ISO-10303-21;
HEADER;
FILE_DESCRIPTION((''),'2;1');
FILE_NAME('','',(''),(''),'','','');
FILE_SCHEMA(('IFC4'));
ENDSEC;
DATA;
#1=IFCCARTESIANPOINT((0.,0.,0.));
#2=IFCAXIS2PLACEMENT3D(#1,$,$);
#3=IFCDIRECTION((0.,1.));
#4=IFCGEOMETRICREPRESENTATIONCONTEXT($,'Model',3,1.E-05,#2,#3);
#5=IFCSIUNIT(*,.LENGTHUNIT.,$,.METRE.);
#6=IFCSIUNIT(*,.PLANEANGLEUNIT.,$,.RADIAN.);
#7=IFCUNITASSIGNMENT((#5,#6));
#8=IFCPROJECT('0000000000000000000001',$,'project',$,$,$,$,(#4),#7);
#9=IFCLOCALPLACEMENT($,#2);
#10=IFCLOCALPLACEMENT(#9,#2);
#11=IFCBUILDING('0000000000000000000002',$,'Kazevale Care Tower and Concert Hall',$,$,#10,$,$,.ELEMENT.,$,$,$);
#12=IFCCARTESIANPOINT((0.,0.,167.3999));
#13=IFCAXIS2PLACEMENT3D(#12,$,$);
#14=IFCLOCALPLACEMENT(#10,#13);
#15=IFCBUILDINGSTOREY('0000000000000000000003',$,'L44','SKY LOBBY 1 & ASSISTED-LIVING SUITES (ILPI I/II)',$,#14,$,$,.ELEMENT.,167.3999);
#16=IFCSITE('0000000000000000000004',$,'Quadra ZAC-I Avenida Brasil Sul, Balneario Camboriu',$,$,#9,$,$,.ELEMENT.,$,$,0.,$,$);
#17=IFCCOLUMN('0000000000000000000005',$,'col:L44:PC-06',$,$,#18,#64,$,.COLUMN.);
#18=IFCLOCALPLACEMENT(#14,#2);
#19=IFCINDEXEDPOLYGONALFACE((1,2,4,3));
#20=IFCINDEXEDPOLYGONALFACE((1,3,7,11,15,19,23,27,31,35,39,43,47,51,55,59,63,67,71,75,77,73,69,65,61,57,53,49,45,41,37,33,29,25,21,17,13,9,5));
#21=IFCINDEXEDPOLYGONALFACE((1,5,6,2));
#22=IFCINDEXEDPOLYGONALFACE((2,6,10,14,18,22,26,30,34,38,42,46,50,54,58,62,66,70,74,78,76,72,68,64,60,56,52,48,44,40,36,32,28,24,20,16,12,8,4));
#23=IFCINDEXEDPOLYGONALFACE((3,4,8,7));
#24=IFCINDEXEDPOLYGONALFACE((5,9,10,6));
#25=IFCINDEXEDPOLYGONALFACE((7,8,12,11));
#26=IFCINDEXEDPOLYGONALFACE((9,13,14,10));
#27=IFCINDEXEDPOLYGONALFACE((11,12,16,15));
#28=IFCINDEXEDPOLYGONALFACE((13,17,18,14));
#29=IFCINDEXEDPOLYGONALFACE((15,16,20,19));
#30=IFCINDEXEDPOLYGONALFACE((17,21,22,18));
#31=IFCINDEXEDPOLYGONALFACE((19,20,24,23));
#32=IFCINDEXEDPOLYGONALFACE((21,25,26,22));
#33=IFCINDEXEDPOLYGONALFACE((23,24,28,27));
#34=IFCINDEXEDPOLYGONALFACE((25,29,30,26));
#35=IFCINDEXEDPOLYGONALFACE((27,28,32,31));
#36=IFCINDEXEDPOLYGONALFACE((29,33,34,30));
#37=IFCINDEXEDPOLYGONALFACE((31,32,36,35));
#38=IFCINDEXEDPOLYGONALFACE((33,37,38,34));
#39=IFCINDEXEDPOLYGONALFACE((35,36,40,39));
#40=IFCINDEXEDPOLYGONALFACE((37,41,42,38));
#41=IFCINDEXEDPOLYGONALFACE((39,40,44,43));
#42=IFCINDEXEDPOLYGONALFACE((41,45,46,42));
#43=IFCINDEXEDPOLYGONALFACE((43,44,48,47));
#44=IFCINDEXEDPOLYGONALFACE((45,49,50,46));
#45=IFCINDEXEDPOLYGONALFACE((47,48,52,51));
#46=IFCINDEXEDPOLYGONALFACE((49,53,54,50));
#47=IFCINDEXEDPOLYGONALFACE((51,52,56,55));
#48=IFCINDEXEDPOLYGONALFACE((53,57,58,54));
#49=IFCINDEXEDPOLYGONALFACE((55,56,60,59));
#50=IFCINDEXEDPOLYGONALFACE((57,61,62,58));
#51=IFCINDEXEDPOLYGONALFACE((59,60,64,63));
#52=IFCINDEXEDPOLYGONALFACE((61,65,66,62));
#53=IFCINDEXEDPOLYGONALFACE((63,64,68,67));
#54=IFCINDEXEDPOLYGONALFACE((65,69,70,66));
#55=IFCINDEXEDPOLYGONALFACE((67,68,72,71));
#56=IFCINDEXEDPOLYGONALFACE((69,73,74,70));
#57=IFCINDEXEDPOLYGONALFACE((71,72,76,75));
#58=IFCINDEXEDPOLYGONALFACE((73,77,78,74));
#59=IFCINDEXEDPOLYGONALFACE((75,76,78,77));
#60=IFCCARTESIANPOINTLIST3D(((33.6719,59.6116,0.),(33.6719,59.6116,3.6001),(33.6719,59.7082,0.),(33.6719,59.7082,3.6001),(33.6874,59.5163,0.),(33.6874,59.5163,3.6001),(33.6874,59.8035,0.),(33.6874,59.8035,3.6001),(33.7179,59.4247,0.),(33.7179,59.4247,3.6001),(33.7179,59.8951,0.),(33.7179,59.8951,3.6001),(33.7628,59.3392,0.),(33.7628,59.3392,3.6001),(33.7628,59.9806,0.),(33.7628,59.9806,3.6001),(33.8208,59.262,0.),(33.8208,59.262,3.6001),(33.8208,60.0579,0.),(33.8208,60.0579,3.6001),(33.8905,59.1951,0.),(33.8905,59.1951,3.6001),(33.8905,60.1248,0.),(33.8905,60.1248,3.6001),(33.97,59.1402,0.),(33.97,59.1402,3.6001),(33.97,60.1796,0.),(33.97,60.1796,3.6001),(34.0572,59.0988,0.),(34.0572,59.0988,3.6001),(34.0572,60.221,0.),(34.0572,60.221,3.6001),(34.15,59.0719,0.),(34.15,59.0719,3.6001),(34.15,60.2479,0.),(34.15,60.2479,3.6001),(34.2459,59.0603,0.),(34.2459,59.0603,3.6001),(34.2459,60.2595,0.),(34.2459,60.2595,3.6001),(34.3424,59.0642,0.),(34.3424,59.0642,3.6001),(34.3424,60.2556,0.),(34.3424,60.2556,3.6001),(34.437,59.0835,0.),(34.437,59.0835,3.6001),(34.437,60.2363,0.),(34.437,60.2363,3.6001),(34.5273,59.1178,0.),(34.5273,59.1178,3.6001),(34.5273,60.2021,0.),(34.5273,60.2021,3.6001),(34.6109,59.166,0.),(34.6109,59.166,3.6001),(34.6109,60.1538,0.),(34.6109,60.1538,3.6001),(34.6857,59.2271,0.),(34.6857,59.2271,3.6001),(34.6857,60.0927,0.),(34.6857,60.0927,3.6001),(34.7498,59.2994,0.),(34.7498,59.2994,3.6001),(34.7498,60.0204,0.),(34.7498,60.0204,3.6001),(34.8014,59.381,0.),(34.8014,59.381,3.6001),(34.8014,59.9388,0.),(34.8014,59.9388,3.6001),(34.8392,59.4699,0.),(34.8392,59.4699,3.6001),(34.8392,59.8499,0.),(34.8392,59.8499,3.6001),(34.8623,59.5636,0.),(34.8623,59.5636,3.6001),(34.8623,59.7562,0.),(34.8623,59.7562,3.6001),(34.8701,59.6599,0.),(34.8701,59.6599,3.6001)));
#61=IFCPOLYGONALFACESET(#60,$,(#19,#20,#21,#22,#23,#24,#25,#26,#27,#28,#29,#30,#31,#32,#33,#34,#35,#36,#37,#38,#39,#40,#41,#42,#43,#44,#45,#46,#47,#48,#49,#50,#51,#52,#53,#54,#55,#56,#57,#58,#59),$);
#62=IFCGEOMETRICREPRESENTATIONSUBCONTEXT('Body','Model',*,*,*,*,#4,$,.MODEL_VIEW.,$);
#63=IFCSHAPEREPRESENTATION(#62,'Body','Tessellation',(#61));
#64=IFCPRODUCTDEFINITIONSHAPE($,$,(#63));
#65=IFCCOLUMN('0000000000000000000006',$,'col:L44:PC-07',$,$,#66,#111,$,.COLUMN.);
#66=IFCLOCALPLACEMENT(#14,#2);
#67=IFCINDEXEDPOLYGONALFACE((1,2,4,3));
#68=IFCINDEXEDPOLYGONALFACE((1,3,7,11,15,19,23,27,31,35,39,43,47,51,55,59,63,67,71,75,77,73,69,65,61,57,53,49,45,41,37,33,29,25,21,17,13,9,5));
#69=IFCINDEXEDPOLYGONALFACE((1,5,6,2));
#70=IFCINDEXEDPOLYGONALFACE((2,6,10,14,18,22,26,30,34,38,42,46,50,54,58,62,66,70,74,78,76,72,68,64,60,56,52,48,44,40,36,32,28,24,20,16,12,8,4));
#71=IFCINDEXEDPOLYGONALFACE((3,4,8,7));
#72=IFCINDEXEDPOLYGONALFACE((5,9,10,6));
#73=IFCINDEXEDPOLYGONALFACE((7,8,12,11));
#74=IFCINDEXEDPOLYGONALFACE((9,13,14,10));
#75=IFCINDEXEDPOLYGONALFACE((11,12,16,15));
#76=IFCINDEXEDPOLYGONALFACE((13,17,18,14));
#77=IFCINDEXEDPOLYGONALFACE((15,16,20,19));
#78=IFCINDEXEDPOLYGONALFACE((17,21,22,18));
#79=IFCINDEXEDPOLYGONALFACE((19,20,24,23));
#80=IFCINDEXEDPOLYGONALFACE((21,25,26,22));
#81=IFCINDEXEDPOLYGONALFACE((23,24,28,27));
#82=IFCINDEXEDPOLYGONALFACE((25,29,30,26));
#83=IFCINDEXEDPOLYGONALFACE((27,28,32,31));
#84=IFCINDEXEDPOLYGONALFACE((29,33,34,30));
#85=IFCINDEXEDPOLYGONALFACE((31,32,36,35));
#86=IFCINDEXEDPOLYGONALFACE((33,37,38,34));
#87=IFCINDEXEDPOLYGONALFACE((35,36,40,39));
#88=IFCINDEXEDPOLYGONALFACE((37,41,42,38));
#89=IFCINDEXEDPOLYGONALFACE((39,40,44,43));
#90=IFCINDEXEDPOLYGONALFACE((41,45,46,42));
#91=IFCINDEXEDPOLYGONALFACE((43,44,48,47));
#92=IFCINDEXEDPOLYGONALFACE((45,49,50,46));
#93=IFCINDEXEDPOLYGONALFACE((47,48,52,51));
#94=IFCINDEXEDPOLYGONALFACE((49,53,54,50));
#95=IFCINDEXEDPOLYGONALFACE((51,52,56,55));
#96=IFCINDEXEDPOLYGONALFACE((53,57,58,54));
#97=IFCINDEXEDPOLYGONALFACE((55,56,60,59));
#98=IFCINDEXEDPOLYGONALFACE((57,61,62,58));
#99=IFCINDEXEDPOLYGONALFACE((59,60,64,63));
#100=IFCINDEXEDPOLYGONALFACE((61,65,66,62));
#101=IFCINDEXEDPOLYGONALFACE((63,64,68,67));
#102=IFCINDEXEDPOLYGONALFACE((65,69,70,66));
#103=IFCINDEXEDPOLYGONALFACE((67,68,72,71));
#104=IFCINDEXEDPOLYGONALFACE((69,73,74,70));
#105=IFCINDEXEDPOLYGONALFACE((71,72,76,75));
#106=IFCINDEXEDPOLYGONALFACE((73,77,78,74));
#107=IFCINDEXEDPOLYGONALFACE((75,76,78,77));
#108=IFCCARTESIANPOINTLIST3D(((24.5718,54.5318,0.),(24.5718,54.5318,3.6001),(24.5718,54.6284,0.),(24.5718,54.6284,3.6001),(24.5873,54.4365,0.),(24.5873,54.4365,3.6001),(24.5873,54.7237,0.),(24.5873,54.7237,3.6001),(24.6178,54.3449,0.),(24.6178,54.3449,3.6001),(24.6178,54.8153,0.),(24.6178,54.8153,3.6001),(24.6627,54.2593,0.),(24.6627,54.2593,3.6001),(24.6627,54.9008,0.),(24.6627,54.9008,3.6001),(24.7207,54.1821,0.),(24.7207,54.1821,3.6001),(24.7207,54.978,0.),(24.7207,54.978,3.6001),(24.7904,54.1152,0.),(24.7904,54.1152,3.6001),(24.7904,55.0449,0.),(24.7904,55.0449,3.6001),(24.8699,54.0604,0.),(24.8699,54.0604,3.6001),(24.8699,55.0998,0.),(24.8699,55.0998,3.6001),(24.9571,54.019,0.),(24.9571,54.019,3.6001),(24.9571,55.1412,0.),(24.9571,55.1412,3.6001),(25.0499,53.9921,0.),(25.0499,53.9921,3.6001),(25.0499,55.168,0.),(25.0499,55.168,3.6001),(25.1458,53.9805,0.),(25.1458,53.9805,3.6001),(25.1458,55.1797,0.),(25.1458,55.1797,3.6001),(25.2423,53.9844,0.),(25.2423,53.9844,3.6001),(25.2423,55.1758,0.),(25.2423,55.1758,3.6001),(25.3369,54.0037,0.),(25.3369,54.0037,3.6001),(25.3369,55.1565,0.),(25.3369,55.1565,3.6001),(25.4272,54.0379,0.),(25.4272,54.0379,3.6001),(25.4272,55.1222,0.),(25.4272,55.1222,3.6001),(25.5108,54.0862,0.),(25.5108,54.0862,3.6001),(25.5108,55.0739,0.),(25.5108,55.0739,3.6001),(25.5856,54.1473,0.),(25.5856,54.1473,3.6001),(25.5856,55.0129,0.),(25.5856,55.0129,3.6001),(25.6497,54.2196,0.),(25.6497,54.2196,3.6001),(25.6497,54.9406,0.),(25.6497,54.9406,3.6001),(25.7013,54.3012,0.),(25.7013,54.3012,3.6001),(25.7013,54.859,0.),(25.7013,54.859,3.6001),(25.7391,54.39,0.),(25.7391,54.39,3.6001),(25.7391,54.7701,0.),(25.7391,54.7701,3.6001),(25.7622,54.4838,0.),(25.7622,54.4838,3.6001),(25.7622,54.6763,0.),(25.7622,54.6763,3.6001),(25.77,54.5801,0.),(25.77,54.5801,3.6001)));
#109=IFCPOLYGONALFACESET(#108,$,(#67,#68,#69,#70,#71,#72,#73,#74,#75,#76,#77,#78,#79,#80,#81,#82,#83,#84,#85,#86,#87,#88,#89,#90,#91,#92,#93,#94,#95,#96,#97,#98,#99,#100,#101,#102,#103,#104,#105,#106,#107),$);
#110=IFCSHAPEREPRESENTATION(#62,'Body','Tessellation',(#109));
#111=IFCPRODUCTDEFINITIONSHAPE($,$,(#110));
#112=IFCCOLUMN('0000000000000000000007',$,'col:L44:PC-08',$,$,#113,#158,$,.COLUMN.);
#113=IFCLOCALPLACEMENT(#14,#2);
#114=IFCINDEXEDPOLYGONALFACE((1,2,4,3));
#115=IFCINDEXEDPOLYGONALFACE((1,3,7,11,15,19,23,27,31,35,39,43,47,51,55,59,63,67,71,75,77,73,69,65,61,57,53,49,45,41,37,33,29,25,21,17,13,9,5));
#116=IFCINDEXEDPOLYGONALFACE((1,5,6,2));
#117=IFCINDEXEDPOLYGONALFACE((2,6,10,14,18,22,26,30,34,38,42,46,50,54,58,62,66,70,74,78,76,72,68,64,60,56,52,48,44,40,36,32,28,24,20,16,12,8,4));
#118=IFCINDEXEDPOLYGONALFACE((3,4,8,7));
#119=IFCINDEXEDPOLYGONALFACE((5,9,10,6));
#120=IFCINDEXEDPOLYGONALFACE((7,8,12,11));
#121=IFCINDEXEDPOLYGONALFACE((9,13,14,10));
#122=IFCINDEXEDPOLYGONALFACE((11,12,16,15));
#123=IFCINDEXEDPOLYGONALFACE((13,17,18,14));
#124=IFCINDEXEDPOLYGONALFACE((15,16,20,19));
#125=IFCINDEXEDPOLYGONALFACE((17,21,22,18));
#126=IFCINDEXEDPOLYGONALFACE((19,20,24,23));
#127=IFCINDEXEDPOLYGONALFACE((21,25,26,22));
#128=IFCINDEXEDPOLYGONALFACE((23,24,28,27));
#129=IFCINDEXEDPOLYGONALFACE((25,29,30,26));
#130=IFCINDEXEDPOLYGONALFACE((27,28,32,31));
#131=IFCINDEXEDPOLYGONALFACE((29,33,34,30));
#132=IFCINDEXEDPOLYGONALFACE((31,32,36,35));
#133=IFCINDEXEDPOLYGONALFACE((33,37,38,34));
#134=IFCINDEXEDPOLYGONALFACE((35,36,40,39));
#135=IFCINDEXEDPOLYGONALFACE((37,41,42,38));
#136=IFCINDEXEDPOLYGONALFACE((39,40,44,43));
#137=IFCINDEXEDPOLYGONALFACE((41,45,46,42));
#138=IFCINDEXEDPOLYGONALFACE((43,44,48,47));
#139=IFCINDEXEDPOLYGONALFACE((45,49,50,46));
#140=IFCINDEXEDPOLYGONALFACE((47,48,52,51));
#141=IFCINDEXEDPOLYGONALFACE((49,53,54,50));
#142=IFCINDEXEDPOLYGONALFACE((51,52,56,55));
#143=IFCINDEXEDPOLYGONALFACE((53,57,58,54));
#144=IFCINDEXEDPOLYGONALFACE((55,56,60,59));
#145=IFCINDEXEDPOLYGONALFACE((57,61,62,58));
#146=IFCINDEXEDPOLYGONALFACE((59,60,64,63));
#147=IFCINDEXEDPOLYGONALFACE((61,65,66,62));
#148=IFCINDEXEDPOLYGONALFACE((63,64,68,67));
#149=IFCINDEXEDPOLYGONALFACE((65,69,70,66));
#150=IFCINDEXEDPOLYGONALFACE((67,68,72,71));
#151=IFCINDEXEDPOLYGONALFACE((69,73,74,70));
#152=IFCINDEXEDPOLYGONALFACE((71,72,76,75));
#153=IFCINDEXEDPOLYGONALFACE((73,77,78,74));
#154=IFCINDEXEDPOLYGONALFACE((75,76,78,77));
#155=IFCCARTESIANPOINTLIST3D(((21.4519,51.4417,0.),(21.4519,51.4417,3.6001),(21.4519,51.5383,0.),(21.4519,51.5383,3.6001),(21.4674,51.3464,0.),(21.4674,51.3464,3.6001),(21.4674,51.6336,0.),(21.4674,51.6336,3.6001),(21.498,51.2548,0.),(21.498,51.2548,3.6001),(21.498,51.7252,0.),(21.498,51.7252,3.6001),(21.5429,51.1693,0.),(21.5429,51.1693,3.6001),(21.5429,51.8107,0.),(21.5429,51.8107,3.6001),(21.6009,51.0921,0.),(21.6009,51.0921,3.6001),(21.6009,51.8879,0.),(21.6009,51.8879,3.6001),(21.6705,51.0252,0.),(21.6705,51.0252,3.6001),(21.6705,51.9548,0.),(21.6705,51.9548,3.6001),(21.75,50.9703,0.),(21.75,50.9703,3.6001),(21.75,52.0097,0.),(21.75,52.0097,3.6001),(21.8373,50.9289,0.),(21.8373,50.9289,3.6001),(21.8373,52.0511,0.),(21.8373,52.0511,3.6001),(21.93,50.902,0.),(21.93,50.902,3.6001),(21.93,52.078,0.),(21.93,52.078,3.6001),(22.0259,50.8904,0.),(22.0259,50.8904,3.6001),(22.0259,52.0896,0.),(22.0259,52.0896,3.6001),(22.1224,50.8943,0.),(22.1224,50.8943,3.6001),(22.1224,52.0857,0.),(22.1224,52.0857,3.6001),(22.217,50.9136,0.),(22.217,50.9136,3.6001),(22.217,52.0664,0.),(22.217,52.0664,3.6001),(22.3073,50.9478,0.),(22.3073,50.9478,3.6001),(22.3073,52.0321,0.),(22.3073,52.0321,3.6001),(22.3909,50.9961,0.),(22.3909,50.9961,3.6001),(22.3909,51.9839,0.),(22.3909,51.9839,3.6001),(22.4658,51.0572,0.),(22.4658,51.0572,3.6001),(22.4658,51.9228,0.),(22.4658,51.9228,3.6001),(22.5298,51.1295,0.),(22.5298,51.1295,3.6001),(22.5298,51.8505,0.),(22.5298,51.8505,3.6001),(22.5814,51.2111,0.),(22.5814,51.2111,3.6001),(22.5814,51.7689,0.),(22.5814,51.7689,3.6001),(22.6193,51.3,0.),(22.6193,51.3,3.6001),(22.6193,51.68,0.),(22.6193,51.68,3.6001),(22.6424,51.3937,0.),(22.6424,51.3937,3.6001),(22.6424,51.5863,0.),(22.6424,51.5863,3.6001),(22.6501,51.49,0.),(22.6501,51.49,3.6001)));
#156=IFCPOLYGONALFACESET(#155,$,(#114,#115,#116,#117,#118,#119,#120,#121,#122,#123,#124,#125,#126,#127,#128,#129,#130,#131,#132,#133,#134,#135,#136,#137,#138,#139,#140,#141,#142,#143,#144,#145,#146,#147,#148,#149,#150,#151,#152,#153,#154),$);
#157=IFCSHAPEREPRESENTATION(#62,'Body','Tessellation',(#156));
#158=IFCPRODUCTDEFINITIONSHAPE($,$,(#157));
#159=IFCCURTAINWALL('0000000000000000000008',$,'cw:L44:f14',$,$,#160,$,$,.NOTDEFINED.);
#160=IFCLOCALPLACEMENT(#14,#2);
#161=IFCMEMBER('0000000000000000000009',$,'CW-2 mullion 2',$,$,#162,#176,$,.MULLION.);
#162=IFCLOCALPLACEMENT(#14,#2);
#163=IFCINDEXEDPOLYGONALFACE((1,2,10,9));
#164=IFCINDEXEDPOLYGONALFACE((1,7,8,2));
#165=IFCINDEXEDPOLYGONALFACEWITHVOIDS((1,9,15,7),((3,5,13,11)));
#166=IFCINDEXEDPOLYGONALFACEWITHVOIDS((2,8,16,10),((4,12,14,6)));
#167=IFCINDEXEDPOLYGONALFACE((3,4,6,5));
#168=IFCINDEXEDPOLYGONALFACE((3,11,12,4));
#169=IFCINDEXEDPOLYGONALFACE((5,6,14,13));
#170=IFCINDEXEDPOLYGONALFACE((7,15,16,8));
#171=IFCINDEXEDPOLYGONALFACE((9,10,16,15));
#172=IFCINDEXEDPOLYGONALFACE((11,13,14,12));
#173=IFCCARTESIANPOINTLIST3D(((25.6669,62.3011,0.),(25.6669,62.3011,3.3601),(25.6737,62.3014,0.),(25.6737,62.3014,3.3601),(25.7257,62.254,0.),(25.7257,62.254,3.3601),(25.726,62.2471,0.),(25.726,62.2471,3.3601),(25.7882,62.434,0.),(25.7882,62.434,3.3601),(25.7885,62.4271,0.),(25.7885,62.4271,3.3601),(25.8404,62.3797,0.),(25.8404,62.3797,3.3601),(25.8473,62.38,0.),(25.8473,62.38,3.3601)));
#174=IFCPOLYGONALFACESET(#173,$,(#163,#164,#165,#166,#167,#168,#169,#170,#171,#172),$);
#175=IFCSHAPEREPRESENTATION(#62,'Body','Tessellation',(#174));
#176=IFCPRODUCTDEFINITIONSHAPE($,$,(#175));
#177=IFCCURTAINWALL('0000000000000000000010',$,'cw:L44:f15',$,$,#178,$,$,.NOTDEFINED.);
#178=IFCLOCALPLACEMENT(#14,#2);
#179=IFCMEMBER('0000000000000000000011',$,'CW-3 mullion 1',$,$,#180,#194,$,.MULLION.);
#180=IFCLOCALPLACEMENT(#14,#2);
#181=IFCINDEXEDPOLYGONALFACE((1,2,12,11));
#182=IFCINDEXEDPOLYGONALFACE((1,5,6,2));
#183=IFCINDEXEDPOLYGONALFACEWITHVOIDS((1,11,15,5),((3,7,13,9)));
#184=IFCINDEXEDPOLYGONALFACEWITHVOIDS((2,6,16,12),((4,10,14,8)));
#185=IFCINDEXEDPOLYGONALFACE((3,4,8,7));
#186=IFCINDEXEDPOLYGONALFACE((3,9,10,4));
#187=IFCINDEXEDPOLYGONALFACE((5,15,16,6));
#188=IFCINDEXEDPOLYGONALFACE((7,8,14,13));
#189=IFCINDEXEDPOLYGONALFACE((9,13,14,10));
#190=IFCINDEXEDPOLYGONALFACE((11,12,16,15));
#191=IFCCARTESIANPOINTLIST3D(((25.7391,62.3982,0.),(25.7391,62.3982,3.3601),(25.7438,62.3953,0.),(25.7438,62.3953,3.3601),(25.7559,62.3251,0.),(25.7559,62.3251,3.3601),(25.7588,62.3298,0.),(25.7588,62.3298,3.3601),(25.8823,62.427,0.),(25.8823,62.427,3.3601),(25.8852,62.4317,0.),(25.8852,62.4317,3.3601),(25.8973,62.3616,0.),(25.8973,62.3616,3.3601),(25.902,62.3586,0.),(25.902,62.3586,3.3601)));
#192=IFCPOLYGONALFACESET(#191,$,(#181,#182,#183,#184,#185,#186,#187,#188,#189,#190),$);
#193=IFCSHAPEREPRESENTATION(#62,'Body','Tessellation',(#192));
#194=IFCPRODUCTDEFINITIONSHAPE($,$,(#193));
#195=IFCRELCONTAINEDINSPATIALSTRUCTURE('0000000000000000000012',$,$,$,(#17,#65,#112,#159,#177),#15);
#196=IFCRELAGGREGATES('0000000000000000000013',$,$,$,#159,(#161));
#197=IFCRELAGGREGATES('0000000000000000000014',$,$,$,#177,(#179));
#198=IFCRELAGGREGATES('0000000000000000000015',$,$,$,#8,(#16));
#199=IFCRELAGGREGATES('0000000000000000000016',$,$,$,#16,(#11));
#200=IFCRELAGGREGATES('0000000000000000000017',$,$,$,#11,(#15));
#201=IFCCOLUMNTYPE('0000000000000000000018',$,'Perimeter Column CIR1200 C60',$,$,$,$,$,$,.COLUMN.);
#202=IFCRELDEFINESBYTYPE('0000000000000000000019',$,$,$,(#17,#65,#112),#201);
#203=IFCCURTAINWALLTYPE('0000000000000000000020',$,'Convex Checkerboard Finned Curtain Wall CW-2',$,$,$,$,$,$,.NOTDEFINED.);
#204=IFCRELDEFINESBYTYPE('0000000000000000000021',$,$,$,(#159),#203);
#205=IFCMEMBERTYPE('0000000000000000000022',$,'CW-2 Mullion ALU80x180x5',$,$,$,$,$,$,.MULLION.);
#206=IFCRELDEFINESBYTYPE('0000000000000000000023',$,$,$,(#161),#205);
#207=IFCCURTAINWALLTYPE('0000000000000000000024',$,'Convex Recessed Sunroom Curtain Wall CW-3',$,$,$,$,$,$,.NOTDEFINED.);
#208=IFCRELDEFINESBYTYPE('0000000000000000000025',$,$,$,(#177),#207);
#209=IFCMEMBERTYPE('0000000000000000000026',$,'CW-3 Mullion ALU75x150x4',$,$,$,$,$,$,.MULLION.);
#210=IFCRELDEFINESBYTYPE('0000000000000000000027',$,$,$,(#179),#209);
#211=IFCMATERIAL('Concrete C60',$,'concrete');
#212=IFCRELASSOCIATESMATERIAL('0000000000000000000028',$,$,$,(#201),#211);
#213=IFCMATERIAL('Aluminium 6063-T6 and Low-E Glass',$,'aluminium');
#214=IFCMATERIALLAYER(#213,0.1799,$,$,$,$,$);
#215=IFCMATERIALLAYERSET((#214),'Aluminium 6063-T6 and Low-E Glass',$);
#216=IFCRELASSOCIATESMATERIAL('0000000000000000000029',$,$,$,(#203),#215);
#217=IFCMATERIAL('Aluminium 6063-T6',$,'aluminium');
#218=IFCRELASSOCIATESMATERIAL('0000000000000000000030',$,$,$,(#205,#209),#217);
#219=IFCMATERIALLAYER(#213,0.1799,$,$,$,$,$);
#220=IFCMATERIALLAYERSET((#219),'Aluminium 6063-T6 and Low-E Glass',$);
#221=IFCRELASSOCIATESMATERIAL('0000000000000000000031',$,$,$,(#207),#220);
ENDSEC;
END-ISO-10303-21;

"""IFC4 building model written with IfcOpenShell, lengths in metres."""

from ifc_helpers import new_model, si_unit, direction, frame, origin, origin_2d, place, context, subcontext, project, spatial, hollow_rectangle, circle, extrude, material, layer, layer_set, material_profile, profile_set, type_object, element, aggregate, save


model = new_model("IFC4")

# Units and contexts
model_context = context("Model", 3, precision=1e-05, world=origin(), true_north=direction((0.0, 1.0)))
body_context = subcontext(model_context, "Body", "Model", "MODEL_VIEW")
ifc_project = project(units=[si_unit("LENGTHUNIT", "METRE"), si_unit("PLANEANGLEUNIT", "RADIAN")], contexts=[model_context])

# Site, building, storey
site_placement = place(None, origin())
site = spatial("IfcSite", under=ifc_project, at=site_placement, Name="Quadra ZAC-I Avenida Brasil Sul, Balneario Camboriu", CompositionType="ELEMENT", RefElevation=0.0)
building_placement = place(site_placement, origin())
building = spatial("IfcBuilding", under=site, at=building_placement, Name="Kazevale Care Tower and Concert Hall", CompositionType="ELEMENT")
storey_placement = place(building_placement, frame((0.0, 0.0, 167.3999)))
storey = spatial("IfcBuildingStorey", under=building, at=storey_placement, Name="L44", Description="SKY LOBBY 1 & ASSISTED-LIVING SUITES (ILPI I/II)", CompositionType="ELEMENT", Elevation=167.3999)

# Columns
ifc_material_1 = material(Name="Concrete C60", Category="concrete")
ifc_material_profile_1 = material_profile(ifc_material_1, circle(Radius=0.6001, at=origin_2d()), Name="RC-CIR1200")
ifc_profile_set_1 = profile_set([ifc_material_profile_1], Name="Concrete C60")
column_type = type_object("IfcColumnType", Name="Perimeter Column CIR1200 C60", PredefinedType="COLUMN", material=ifc_profile_set_1)
for number, where, z_axis, x_axis, name in (
    (1, (34.27, 59.6599, 0.0), (0.0, 0.0, 1.0), (1.0, 0.0, 0.0), "col:L44:PC-06"),
    (2, (25.1699, 54.5801, 0.0), (0.0, 0.0, 1.0), (1.0, 0.0, 0.0), "col:L44:PC-07"),
    (3, (22.05, 51.49, 0.0), (0.0, 0.0, 1.0), (1.0, 0.0, 0.0), "col:L44:PC-08"),
):
    element("IfcColumn", number, at=place(storey_placement, frame(where, z_axis=z_axis, x_axis=x_axis)), inside=storey, type_object=column_type, Name=name, PredefinedType="COLUMN", context=body_context, shape_type="SweptSolid", body=[
        extrude(circle(Radius=0.6001, at=origin_2d()), origin(), (0.0, 0.0, 1.0), 3.6001),
    ])

# Curtain wall, member
ifc_material_2 = material(Name="Aluminium 6063-T6 and Low-E Glass", Category="aluminium")
ifc_layer_1 = layer(ifc_material_2, 0.1799)
ifc_layer_set_1 = layer_set([ifc_layer_1], Name="Aluminium 6063-T6 and Low-E Glass")
curtain_wall_type_1 = type_object("IfcCurtainWallType", Name="Convex Checkerboard Finned Curtain Wall CW-2", PredefinedType="NOTDEFINED", material=ifc_layer_set_1)
curtain_wall_1_placement = place(storey_placement, origin())
curtain_wall_1 = element("IfcCurtainWall", 4, at=curtain_wall_1_placement, inside=storey, type_object=curtain_wall_type_1, Name="cw:L44:f14", PredefinedType="NOTDEFINED")
ifc_material_3 = material(Name="Aluminium 6063-T6", Category="aluminium")
ifc_material_profile_2 = material_profile(ifc_material_3, hollow_rectangle(XDim=0.0801, YDim=0.1799, WallThickness=0.0049, at=origin_2d()), Name="ALU80x180x5")
ifc_profile_set_2 = profile_set([ifc_material_profile_2], Name="Aluminium 6063-T6")
member_type_1 = type_object("IfcMemberType", Name="CW-2 Mullion ALU80x180x5", PredefinedType="MULLION", material=ifc_profile_set_2)
member_1_placement = place(storey_placement, frame((25.7571, 62.3406, 0.0), z_axis=(0.0, 0.0, 1.0), x_axis=(-0.738492, 0.674262, 0.0)))
member_1 = element("IfcMember", 5, at=member_1_placement, type_object=member_type_1, Name="CW-2 mullion 2", PredefinedType="MULLION", context=body_context, shape_type="SweptSolid", body=[
    extrude(hollow_rectangle(XDim=0.0801, YDim=0.1799, WallThickness=0.0049, at=origin_2d()), origin(), (0.0, 0.0, 1.0), 3.3601),
])

# Curtain wall, member
ifc_layer_2 = layer(ifc_material_2, 0.1799)
ifc_layer_set_2 = layer_set([ifc_layer_2], Name="Aluminium 6063-T6 and Low-E Glass")
curtain_wall_type_2 = type_object("IfcCurtainWallType", Name="Convex Recessed Sunroom Curtain Wall CW-3", PredefinedType="NOTDEFINED", material=ifc_layer_set_2)
curtain_wall_2_placement = place(storey_placement, origin())
curtain_wall_2 = element("IfcCurtainWall", 6, at=curtain_wall_2_placement, inside=storey, type_object=curtain_wall_type_2, Name="cw:L44:f15", PredefinedType="NOTDEFINED")
ifc_material_profile_3 = material_profile(ifc_material_3, hollow_rectangle(XDim=0.075, YDim=0.1499, WallThickness=0.0039, at=origin_2d()), Name="ALU75x150x4")
ifc_profile_set_3 = profile_set([ifc_material_profile_3], Name="Aluminium 6063-T6")
member_type_2 = type_object("IfcMemberType", Name="CW-3 Mullion ALU75x150x4", PredefinedType="MULLION", material=ifc_profile_set_3)
member_2_placement = place(storey_placement, frame((25.8206, 62.3784, 0.0), z_axis=(0.0, 0.0, 1.0), x_axis=(-0.223567, 0.974688, 0.0)))
member_2 = element("IfcMember", 7, at=member_2_placement, type_object=member_type_2, Name="CW-3 mullion 1", PredefinedType="MULLION", context=body_context, shape_type="SweptSolid", body=[
    extrude(hollow_rectangle(XDim=0.075, YDim=0.1499, WallThickness=0.0039, at=origin_2d()), origin(), (0.0, 0.0, 1.0), 3.3601),
])

aggregate(curtain_wall_1, [member_1])
aggregate(curtain_wall_2, [member_2])

save(model, "model.ifc")
